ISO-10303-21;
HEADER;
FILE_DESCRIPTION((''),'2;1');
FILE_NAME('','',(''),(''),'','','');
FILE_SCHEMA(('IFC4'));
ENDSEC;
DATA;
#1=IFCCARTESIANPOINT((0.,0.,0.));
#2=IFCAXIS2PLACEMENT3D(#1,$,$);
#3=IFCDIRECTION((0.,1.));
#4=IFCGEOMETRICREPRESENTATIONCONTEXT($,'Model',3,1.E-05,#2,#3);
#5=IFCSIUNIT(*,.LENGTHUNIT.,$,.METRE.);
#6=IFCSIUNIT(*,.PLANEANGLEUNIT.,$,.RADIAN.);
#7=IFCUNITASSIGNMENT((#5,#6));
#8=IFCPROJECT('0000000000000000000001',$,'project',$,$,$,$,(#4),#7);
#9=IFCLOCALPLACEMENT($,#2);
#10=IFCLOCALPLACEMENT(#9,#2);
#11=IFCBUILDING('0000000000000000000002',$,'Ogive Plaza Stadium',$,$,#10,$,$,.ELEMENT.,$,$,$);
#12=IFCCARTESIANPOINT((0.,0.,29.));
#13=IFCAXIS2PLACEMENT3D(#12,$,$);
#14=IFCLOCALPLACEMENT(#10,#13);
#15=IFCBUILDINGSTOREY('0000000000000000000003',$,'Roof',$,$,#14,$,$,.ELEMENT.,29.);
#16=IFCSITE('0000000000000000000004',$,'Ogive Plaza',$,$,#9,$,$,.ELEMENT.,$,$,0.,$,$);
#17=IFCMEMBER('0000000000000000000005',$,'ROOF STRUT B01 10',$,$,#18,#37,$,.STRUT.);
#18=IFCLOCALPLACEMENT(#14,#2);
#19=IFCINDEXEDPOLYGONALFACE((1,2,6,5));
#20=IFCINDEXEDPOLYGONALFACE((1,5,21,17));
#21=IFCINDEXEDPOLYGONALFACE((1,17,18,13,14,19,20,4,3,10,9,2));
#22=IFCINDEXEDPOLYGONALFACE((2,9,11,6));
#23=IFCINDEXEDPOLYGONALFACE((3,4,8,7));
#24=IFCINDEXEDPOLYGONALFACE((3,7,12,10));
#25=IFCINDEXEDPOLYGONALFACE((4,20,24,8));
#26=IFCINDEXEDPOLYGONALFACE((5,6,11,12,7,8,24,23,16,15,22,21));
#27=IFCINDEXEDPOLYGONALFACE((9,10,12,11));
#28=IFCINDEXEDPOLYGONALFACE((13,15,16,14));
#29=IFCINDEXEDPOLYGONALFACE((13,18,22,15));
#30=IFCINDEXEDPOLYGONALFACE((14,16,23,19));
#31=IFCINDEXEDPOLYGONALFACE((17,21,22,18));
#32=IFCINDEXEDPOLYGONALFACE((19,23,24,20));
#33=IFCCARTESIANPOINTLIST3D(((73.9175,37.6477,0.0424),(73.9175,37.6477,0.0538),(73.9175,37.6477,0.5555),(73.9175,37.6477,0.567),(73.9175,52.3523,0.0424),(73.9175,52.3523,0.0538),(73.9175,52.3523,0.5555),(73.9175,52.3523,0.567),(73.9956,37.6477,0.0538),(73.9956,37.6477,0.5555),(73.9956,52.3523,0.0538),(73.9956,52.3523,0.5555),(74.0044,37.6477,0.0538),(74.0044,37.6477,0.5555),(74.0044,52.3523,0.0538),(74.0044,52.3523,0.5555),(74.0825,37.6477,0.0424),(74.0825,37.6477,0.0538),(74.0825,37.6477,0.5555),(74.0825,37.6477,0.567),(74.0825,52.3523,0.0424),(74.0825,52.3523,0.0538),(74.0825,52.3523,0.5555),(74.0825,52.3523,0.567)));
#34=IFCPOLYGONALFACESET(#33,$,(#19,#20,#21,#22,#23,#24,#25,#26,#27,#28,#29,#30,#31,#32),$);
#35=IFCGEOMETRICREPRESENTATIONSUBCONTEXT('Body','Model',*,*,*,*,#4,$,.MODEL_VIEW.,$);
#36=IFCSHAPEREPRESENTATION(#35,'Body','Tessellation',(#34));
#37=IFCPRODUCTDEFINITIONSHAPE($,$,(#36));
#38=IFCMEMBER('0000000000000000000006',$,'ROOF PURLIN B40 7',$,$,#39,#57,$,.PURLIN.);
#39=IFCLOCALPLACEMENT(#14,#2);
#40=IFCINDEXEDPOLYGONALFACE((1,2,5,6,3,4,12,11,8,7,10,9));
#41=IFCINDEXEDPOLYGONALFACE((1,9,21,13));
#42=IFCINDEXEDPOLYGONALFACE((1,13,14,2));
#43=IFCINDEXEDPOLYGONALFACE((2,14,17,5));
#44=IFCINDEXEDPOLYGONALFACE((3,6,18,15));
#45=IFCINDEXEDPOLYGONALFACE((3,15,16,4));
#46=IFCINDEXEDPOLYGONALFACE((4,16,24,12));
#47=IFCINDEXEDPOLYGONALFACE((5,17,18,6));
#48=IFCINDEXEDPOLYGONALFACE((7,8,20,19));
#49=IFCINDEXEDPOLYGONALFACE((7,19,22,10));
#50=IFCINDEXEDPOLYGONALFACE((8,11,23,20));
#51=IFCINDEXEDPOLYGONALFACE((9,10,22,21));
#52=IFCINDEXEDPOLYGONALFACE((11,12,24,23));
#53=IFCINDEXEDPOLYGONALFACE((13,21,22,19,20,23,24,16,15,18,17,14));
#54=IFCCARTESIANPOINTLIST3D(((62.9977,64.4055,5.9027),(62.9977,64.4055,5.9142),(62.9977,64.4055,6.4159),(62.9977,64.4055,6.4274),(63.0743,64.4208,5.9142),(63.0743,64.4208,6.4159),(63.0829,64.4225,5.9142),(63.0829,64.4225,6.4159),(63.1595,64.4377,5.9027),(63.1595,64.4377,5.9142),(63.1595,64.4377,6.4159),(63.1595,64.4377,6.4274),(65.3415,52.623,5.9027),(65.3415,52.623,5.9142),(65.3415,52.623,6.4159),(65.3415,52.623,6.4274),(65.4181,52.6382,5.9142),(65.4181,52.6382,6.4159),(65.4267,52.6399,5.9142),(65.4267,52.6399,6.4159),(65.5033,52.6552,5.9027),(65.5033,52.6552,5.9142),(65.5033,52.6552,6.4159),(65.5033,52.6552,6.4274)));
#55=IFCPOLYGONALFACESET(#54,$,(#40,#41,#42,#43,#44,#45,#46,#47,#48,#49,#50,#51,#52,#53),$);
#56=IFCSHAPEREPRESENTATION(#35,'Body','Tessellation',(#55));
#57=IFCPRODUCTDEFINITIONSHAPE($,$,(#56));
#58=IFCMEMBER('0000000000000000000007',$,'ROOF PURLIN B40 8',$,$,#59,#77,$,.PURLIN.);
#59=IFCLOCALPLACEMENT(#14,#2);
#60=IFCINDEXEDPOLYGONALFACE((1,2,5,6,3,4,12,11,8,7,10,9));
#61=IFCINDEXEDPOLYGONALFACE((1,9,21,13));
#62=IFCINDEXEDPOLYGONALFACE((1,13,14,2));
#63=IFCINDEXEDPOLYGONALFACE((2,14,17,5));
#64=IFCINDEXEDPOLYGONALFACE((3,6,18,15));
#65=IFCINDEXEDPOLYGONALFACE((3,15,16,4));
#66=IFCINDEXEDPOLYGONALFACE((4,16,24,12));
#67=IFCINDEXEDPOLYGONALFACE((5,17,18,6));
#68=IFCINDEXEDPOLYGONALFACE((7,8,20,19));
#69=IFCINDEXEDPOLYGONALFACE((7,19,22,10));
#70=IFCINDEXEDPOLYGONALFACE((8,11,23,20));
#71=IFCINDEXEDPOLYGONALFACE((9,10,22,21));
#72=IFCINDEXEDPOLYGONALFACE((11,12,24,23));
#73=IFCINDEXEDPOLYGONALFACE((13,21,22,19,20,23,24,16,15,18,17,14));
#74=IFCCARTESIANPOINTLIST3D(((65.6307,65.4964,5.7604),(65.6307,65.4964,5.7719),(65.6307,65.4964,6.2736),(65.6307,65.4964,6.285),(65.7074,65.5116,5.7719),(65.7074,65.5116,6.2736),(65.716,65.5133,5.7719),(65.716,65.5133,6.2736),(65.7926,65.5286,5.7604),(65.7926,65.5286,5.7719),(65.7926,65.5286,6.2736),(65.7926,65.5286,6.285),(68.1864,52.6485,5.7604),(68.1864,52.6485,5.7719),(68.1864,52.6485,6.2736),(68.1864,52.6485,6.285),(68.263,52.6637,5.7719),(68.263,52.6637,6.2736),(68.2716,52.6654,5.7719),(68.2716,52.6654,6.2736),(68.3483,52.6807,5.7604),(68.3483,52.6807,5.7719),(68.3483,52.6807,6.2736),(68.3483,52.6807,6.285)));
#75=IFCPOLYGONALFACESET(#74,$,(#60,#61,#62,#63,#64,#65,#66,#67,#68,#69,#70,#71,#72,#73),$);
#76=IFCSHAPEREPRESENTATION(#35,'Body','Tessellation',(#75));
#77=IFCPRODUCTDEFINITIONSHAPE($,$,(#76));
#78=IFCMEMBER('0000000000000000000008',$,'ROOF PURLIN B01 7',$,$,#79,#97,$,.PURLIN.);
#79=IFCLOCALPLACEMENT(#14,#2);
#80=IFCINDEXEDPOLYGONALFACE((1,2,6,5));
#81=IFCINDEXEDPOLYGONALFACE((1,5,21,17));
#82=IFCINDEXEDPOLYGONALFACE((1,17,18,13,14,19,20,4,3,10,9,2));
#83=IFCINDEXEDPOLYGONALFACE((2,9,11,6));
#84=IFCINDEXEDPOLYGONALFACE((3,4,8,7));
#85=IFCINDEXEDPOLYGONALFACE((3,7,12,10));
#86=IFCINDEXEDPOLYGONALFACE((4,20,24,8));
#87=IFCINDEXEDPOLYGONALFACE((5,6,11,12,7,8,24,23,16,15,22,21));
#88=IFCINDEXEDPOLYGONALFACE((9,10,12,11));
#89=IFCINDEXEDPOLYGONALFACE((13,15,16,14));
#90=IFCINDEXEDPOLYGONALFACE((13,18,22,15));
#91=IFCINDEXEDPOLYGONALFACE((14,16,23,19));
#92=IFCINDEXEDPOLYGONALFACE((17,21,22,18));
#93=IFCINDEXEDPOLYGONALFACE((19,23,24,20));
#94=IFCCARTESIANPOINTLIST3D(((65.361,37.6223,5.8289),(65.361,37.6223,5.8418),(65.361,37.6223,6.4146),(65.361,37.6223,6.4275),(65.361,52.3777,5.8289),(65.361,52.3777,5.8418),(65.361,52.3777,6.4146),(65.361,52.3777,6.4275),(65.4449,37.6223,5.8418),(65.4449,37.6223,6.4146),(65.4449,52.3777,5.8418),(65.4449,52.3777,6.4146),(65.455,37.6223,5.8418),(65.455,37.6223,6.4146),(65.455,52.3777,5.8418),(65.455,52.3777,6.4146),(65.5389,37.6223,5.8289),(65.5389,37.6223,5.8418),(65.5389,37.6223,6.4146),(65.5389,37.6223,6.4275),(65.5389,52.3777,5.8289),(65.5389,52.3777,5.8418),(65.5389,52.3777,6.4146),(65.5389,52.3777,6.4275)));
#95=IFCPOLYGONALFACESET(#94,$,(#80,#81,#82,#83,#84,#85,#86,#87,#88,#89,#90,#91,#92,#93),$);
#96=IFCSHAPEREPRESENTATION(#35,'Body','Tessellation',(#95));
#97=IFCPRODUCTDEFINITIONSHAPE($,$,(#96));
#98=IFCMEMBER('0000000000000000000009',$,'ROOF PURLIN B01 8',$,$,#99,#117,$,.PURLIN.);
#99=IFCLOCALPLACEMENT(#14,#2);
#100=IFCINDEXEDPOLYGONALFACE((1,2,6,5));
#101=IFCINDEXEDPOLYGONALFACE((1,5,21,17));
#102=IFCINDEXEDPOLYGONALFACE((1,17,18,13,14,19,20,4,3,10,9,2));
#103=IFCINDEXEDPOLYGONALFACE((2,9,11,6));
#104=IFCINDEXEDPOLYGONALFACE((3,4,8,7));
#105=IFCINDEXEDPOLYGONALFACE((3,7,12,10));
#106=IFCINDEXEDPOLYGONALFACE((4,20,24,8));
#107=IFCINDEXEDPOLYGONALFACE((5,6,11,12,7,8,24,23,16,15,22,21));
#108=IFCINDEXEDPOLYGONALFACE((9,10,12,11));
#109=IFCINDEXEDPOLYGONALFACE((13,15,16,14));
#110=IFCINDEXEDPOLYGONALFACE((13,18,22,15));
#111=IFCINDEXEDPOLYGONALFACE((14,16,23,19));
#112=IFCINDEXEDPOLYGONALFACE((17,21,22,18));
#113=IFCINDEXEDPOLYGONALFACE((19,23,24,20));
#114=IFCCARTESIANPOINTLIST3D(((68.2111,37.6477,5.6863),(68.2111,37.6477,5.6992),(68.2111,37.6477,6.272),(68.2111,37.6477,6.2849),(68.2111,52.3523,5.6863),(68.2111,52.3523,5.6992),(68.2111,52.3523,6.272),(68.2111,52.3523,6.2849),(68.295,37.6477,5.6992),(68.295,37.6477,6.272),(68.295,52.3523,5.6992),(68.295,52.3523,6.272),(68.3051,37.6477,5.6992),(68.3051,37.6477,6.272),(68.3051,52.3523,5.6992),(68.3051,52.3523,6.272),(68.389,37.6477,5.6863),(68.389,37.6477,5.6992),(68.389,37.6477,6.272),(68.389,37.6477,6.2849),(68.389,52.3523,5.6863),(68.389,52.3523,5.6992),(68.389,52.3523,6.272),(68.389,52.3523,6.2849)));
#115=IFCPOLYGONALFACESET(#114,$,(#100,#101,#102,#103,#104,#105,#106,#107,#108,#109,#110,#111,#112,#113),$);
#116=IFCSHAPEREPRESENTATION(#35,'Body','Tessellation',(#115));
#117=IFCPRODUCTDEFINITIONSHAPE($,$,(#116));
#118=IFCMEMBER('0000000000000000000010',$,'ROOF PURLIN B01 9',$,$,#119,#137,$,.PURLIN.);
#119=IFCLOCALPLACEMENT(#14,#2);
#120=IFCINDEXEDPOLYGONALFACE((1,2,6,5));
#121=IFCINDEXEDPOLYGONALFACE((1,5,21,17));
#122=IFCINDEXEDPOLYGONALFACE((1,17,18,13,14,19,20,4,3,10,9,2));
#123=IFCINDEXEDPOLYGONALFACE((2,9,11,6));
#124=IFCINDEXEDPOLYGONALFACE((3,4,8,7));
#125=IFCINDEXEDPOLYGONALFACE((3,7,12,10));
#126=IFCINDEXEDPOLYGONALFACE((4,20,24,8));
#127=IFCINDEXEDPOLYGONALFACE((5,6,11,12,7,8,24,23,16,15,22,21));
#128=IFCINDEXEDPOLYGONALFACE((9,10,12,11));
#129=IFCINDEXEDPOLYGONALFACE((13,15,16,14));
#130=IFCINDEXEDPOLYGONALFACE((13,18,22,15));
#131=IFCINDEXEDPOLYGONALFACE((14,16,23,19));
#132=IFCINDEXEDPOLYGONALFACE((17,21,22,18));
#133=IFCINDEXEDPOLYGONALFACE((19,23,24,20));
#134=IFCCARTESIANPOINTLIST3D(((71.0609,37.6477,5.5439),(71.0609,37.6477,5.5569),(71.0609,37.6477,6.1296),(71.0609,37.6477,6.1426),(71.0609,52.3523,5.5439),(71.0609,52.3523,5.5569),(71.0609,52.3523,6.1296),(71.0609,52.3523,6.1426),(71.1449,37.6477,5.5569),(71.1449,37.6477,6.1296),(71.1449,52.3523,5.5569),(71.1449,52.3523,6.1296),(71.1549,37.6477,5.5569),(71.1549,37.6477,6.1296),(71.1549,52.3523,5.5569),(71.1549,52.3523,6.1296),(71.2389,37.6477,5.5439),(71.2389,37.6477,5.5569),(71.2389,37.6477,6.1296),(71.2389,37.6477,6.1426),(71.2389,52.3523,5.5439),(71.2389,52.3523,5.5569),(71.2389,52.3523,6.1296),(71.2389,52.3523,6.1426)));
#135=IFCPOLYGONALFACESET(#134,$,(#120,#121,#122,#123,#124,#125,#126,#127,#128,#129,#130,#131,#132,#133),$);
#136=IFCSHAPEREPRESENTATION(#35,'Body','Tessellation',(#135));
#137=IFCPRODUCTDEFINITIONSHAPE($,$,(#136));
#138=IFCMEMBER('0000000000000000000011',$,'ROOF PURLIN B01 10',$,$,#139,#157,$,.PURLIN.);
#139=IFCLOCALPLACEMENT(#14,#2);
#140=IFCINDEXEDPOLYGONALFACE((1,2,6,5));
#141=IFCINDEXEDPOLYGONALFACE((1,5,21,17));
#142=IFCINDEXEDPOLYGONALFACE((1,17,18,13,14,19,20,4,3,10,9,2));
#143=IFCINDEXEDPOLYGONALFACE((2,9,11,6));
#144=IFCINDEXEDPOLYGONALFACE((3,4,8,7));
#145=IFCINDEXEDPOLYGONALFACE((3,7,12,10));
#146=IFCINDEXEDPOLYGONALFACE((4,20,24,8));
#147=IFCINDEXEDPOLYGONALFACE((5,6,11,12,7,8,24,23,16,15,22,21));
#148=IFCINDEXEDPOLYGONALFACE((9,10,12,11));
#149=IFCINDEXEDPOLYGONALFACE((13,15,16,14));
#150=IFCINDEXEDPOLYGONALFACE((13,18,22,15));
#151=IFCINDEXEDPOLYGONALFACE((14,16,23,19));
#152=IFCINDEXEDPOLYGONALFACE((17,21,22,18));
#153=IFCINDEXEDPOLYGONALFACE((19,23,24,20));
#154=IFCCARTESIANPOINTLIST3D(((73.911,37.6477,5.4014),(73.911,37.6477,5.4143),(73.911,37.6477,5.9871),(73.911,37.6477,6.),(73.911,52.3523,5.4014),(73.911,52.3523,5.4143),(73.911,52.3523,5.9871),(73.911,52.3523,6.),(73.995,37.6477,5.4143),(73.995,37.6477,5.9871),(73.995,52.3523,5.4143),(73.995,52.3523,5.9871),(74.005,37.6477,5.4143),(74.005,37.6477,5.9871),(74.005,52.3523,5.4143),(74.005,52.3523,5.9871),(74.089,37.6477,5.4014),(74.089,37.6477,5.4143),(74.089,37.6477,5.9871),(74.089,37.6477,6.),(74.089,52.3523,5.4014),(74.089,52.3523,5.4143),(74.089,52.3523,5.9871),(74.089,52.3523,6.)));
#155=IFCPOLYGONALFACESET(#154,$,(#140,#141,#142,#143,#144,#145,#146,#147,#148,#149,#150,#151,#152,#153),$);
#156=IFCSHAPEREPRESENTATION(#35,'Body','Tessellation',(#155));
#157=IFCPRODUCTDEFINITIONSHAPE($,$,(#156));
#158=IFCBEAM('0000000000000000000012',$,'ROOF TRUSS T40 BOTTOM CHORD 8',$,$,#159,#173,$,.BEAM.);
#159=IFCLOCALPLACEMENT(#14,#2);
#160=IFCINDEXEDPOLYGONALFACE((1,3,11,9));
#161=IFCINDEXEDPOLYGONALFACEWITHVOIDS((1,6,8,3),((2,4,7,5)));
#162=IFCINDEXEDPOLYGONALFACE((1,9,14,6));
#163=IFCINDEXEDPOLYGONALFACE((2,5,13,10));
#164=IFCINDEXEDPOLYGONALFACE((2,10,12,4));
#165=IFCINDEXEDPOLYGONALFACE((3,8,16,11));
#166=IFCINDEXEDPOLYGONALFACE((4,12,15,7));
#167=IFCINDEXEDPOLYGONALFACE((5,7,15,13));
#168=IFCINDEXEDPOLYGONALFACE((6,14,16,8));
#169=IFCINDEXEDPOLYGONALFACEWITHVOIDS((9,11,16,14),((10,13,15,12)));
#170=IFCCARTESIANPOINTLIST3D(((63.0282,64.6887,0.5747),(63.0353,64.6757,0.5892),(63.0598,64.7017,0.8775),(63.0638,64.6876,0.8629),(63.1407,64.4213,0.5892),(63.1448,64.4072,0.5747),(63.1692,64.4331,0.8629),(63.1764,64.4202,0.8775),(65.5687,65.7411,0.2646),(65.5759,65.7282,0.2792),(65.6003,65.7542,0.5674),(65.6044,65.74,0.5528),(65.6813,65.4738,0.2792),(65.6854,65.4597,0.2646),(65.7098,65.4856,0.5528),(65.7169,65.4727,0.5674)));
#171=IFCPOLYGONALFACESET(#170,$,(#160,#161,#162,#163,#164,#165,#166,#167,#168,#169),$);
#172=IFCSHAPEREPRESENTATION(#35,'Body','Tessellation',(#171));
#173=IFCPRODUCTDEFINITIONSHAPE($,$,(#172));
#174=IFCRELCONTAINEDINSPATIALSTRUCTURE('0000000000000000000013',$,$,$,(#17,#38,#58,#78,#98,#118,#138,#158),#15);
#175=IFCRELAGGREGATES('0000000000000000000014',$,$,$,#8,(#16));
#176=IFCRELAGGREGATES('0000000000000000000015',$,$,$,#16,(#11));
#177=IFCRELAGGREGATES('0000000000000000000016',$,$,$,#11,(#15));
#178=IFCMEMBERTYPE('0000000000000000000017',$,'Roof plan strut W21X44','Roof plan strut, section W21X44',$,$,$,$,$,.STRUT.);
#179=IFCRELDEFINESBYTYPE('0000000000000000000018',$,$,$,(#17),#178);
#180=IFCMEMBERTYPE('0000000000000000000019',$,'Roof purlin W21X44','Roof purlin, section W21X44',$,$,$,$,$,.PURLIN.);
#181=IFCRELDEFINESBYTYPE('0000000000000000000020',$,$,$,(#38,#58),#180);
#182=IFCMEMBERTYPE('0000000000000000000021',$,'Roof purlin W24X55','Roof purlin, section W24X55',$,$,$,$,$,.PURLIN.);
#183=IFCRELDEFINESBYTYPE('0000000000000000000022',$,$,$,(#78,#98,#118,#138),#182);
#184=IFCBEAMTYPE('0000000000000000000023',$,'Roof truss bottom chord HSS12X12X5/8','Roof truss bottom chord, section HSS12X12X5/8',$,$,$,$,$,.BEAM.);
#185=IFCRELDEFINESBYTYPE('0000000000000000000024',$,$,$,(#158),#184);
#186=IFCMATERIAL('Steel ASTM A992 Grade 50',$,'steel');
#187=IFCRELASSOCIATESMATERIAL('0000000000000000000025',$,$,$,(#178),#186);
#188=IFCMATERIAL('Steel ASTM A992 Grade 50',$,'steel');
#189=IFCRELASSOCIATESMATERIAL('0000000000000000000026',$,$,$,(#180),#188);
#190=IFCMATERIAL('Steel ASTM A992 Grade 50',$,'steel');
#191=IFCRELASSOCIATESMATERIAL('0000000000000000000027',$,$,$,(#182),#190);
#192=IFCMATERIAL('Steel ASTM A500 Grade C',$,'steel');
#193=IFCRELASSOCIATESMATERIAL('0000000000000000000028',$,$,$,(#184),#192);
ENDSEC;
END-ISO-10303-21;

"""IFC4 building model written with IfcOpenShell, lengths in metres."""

from ifc_helpers import new_model, si_unit, direction, frame, origin, origin_2d, place, context, subcontext, project, spatial, hollow_rectangle, i_section, extrude, material, material_profile, profile_set, type_object, element, save


model = new_model("IFC4")

# Units and contexts
model_context = context("Model", 3, precision=1e-05, world=origin(), true_north=direction((0.0, 1.0)))
body_context = subcontext(model_context, "Body", "Model", "MODEL_VIEW")
ifc_project = project(units=[si_unit("LENGTHUNIT", "METRE"), si_unit("PLANEANGLEUNIT", "RADIAN")], contexts=[model_context])

# Site, building, storey
site_placement = place(None, origin())
site = spatial("IfcSite", under=ifc_project, at=site_placement, Name="Ogive Plaza", CompositionType="ELEMENT", RefElevation=0.0)
building_placement = place(site_placement, origin())
building = spatial("IfcBuilding", under=site, at=building_placement, Name="Ogive Plaza Stadium", CompositionType="ELEMENT")
storey_placement = place(building_placement, frame((0.0, 0.0, 29.0)))
storey = spatial("IfcBuildingStorey", under=building, at=storey_placement, Name="Roof", CompositionType="ELEMENT", Elevation=29.0)

# Members
ifc_material_1 = material(Name="Steel ASTM A992 Grade 50", Category="steel")
ifc_material_profile_1 = material_profile(ifc_material_1, i_section(OverallWidth=0.165, OverallDepth=0.5247, WebThickness=0.0088, FlangeThickness=0.0115, at=origin_2d()), Name="W21X44")
ifc_profile_set_1 = profile_set([ifc_material_profile_1], Name="Steel ASTM A992 Grade 50")
member_type_1 = type_object("IfcMemberType", Name="Roof plan strut W21X44", Description="Roof plan strut, section W21X44", PredefinedType="STRUT", material=ifc_profile_set_1)
for number, where, z_axis, x_axis, name in (
    (1, (74.0, 52.3523, 0.3047), (0.0, -1.0, 0.0), (1.0, 0.0, 0.0), "ROOF STRUT B01 10"),
):
    element("IfcMember", number, at=place(storey_placement, frame(where, z_axis=z_axis, x_axis=x_axis)), inside=storey, type_object=member_type_1, Name=name, PredefinedType="STRUT", context=body_context, shape_type="SweptSolid", body=[
        extrude(i_section(OverallWidth=0.165, OverallDepth=0.5247, WebThickness=0.0088, FlangeThickness=0.0115, at=origin_2d()), origin(), (0.0, 0.0, 1.0), 14.7046),
    ])
ifc_material_2 = material(Name="Steel ASTM A992 Grade 50", Category="steel")
ifc_material_profile_2 = material_profile(ifc_material_2, i_section(OverallWidth=0.165, OverallDepth=0.5247, WebThickness=0.0088, FlangeThickness=0.0115, at=origin_2d()), Name="W21X44")
ifc_profile_set_2 = profile_set([ifc_material_profile_2], Name="Steel ASTM A992 Grade 50")
member_type_2 = type_object("IfcMemberType", Name="Roof purlin W21X44", Description="Roof purlin, section W21X44", PredefinedType="PURLIN", material=ifc_profile_set_2)
member_1_placement = place(storey_placement, frame((63.0786, 64.4216, 6.165), z_axis=(0.195096, -0.980784, 0.0), x_axis=(0.980784, 0.195096, 0.0)))
element("IfcMember", 2, at=member_1_placement, inside=storey, type_object=member_type_2, Name="ROOF PURLIN B40 7", PredefinedType="PURLIN", context=body_context, shape_type="SweptSolid", body=[
    extrude(i_section(OverallWidth=0.165, OverallDepth=0.5247, WebThickness=0.0088, FlangeThickness=0.0115, at=origin_2d()), origin(), (0.0, 0.0, 1.0), 12.0134),
])
member_2_placement = place(storey_placement, frame((65.7117, 65.5125, 6.0227), z_axis=(0.195095, -0.980784, 0.0), x_axis=(0.980784, 0.195095, 0.0)))
element("IfcMember", 3, at=member_2_placement, inside=storey, type_object=member_type_2, Name="ROOF PURLIN B40 8", PredefinedType="PURLIN", context=body_context, shape_type="SweptSolid", body=[
    extrude(i_section(OverallWidth=0.165, OverallDepth=0.5247, WebThickness=0.0088, FlangeThickness=0.0115, at=origin_2d()), origin(), (0.0, 0.0, 1.0), 13.0996),
])
ifc_material_3 = material(Name="Steel ASTM A992 Grade 50", Category="steel")
ifc_material_profile_3 = material_profile(ifc_material_3, i_section(OverallWidth=0.178, OverallDepth=0.5986, WebThickness=0.01, FlangeThickness=0.0129, at=origin_2d()), Name="W24X55")
ifc_profile_set_3 = profile_set([ifc_material_profile_3], Name="Steel ASTM A992 Grade 50")
member_type_3 = type_object("IfcMemberType", Name="Roof purlin W24X55", Description="Roof purlin, section W24X55", PredefinedType="PURLIN", material=ifc_profile_set_3)
member_3_placement = place(storey_placement, frame((65.45, 52.3777, 6.1282), z_axis=(0.0, -1.0, 0.0), x_axis=(1.0, 0.0, 0.0)))
element("IfcMember", 4, at=member_3_placement, inside=storey, type_object=member_type_3, Name="ROOF PURLIN B01 7", PredefinedType="PURLIN", context=body_context, shape_type="SweptSolid", body=[
    extrude(i_section(OverallWidth=0.178, OverallDepth=0.5986, WebThickness=0.01, FlangeThickness=0.0129, at=origin_2d()), origin(), (0.0, 0.0, 1.0), 14.7554),
])
for number, where, z_axis, x_axis, name in (
    (5, (68.3, 52.3523, 5.9856), (0.0, -1.0, 0.0), (1.0, 0.0, 0.0), "ROOF PURLIN B01 8"),
    (6, (71.1499, 52.3523, 5.8433), (0.0, -1.0, 0.0), (1.0, 0.0, 0.0), "ROOF PURLIN B01 9"),
    (7, (74.0, 52.3523, 5.7007), (0.0, -1.0, 0.0), (1.0, 0.0, 0.0), "ROOF PURLIN B01 10"),
):
    element("IfcMember", number, at=place(storey_placement, frame(where, z_axis=z_axis, x_axis=x_axis)), inside=storey, type_object=member_type_3, Name=name, PredefinedType="PURLIN", context=body_context, shape_type="SweptSolid", body=[
        extrude(i_section(OverallWidth=0.178, OverallDepth=0.5986, WebThickness=0.01, FlangeThickness=0.0129, at=origin_2d()), origin(), (0.0, 0.0, 1.0), 14.7046),
    ])

# Beam
ifc_material_4 = material(Name="Steel ASTM A500 Grade C", Category="steel")
ifc_material_profile_4 = material_profile(ifc_material_4, hollow_rectangle(XDim=0.3047, YDim=0.3047, WallThickness=0.0146, at=origin_2d()), Name="HSS12X12X5/8")
ifc_profile_set_4 = profile_set([ifc_material_profile_4], Name="Steel ASTM A500 Grade C")
beam_type_1 = type_object("IfcBeamType", Name="Roof truss bottom chord HSS12X12X5/8", Description="Roof truss bottom chord, section HSS12X12X5/8", PredefinedType="BEAM", material=ifc_profile_set_4)
beam_1_placement = place(storey_placement, frame((63.1023, 64.5544, 0.7261), z_axis=(0.918041, 0.380326, -0.112042), x_axis=(-0.382736, 0.923858, 0.0)))
element("IfcBeam", 8, at=beam_1_placement, inside=storey, type_object=beam_type_1, Name="ROOF TRUSS T40 BOTTOM CHORD 8", PredefinedType="BEAM", context=body_context, shape_type="SweptSolid", body=[
    extrude(hollow_rectangle(XDim=0.3047, YDim=0.3047, WallThickness=0.0146, at=origin_2d()), origin(), (0.0, 0.0, 1.0), 2.7673),
])

save(model, "model.ifc")
